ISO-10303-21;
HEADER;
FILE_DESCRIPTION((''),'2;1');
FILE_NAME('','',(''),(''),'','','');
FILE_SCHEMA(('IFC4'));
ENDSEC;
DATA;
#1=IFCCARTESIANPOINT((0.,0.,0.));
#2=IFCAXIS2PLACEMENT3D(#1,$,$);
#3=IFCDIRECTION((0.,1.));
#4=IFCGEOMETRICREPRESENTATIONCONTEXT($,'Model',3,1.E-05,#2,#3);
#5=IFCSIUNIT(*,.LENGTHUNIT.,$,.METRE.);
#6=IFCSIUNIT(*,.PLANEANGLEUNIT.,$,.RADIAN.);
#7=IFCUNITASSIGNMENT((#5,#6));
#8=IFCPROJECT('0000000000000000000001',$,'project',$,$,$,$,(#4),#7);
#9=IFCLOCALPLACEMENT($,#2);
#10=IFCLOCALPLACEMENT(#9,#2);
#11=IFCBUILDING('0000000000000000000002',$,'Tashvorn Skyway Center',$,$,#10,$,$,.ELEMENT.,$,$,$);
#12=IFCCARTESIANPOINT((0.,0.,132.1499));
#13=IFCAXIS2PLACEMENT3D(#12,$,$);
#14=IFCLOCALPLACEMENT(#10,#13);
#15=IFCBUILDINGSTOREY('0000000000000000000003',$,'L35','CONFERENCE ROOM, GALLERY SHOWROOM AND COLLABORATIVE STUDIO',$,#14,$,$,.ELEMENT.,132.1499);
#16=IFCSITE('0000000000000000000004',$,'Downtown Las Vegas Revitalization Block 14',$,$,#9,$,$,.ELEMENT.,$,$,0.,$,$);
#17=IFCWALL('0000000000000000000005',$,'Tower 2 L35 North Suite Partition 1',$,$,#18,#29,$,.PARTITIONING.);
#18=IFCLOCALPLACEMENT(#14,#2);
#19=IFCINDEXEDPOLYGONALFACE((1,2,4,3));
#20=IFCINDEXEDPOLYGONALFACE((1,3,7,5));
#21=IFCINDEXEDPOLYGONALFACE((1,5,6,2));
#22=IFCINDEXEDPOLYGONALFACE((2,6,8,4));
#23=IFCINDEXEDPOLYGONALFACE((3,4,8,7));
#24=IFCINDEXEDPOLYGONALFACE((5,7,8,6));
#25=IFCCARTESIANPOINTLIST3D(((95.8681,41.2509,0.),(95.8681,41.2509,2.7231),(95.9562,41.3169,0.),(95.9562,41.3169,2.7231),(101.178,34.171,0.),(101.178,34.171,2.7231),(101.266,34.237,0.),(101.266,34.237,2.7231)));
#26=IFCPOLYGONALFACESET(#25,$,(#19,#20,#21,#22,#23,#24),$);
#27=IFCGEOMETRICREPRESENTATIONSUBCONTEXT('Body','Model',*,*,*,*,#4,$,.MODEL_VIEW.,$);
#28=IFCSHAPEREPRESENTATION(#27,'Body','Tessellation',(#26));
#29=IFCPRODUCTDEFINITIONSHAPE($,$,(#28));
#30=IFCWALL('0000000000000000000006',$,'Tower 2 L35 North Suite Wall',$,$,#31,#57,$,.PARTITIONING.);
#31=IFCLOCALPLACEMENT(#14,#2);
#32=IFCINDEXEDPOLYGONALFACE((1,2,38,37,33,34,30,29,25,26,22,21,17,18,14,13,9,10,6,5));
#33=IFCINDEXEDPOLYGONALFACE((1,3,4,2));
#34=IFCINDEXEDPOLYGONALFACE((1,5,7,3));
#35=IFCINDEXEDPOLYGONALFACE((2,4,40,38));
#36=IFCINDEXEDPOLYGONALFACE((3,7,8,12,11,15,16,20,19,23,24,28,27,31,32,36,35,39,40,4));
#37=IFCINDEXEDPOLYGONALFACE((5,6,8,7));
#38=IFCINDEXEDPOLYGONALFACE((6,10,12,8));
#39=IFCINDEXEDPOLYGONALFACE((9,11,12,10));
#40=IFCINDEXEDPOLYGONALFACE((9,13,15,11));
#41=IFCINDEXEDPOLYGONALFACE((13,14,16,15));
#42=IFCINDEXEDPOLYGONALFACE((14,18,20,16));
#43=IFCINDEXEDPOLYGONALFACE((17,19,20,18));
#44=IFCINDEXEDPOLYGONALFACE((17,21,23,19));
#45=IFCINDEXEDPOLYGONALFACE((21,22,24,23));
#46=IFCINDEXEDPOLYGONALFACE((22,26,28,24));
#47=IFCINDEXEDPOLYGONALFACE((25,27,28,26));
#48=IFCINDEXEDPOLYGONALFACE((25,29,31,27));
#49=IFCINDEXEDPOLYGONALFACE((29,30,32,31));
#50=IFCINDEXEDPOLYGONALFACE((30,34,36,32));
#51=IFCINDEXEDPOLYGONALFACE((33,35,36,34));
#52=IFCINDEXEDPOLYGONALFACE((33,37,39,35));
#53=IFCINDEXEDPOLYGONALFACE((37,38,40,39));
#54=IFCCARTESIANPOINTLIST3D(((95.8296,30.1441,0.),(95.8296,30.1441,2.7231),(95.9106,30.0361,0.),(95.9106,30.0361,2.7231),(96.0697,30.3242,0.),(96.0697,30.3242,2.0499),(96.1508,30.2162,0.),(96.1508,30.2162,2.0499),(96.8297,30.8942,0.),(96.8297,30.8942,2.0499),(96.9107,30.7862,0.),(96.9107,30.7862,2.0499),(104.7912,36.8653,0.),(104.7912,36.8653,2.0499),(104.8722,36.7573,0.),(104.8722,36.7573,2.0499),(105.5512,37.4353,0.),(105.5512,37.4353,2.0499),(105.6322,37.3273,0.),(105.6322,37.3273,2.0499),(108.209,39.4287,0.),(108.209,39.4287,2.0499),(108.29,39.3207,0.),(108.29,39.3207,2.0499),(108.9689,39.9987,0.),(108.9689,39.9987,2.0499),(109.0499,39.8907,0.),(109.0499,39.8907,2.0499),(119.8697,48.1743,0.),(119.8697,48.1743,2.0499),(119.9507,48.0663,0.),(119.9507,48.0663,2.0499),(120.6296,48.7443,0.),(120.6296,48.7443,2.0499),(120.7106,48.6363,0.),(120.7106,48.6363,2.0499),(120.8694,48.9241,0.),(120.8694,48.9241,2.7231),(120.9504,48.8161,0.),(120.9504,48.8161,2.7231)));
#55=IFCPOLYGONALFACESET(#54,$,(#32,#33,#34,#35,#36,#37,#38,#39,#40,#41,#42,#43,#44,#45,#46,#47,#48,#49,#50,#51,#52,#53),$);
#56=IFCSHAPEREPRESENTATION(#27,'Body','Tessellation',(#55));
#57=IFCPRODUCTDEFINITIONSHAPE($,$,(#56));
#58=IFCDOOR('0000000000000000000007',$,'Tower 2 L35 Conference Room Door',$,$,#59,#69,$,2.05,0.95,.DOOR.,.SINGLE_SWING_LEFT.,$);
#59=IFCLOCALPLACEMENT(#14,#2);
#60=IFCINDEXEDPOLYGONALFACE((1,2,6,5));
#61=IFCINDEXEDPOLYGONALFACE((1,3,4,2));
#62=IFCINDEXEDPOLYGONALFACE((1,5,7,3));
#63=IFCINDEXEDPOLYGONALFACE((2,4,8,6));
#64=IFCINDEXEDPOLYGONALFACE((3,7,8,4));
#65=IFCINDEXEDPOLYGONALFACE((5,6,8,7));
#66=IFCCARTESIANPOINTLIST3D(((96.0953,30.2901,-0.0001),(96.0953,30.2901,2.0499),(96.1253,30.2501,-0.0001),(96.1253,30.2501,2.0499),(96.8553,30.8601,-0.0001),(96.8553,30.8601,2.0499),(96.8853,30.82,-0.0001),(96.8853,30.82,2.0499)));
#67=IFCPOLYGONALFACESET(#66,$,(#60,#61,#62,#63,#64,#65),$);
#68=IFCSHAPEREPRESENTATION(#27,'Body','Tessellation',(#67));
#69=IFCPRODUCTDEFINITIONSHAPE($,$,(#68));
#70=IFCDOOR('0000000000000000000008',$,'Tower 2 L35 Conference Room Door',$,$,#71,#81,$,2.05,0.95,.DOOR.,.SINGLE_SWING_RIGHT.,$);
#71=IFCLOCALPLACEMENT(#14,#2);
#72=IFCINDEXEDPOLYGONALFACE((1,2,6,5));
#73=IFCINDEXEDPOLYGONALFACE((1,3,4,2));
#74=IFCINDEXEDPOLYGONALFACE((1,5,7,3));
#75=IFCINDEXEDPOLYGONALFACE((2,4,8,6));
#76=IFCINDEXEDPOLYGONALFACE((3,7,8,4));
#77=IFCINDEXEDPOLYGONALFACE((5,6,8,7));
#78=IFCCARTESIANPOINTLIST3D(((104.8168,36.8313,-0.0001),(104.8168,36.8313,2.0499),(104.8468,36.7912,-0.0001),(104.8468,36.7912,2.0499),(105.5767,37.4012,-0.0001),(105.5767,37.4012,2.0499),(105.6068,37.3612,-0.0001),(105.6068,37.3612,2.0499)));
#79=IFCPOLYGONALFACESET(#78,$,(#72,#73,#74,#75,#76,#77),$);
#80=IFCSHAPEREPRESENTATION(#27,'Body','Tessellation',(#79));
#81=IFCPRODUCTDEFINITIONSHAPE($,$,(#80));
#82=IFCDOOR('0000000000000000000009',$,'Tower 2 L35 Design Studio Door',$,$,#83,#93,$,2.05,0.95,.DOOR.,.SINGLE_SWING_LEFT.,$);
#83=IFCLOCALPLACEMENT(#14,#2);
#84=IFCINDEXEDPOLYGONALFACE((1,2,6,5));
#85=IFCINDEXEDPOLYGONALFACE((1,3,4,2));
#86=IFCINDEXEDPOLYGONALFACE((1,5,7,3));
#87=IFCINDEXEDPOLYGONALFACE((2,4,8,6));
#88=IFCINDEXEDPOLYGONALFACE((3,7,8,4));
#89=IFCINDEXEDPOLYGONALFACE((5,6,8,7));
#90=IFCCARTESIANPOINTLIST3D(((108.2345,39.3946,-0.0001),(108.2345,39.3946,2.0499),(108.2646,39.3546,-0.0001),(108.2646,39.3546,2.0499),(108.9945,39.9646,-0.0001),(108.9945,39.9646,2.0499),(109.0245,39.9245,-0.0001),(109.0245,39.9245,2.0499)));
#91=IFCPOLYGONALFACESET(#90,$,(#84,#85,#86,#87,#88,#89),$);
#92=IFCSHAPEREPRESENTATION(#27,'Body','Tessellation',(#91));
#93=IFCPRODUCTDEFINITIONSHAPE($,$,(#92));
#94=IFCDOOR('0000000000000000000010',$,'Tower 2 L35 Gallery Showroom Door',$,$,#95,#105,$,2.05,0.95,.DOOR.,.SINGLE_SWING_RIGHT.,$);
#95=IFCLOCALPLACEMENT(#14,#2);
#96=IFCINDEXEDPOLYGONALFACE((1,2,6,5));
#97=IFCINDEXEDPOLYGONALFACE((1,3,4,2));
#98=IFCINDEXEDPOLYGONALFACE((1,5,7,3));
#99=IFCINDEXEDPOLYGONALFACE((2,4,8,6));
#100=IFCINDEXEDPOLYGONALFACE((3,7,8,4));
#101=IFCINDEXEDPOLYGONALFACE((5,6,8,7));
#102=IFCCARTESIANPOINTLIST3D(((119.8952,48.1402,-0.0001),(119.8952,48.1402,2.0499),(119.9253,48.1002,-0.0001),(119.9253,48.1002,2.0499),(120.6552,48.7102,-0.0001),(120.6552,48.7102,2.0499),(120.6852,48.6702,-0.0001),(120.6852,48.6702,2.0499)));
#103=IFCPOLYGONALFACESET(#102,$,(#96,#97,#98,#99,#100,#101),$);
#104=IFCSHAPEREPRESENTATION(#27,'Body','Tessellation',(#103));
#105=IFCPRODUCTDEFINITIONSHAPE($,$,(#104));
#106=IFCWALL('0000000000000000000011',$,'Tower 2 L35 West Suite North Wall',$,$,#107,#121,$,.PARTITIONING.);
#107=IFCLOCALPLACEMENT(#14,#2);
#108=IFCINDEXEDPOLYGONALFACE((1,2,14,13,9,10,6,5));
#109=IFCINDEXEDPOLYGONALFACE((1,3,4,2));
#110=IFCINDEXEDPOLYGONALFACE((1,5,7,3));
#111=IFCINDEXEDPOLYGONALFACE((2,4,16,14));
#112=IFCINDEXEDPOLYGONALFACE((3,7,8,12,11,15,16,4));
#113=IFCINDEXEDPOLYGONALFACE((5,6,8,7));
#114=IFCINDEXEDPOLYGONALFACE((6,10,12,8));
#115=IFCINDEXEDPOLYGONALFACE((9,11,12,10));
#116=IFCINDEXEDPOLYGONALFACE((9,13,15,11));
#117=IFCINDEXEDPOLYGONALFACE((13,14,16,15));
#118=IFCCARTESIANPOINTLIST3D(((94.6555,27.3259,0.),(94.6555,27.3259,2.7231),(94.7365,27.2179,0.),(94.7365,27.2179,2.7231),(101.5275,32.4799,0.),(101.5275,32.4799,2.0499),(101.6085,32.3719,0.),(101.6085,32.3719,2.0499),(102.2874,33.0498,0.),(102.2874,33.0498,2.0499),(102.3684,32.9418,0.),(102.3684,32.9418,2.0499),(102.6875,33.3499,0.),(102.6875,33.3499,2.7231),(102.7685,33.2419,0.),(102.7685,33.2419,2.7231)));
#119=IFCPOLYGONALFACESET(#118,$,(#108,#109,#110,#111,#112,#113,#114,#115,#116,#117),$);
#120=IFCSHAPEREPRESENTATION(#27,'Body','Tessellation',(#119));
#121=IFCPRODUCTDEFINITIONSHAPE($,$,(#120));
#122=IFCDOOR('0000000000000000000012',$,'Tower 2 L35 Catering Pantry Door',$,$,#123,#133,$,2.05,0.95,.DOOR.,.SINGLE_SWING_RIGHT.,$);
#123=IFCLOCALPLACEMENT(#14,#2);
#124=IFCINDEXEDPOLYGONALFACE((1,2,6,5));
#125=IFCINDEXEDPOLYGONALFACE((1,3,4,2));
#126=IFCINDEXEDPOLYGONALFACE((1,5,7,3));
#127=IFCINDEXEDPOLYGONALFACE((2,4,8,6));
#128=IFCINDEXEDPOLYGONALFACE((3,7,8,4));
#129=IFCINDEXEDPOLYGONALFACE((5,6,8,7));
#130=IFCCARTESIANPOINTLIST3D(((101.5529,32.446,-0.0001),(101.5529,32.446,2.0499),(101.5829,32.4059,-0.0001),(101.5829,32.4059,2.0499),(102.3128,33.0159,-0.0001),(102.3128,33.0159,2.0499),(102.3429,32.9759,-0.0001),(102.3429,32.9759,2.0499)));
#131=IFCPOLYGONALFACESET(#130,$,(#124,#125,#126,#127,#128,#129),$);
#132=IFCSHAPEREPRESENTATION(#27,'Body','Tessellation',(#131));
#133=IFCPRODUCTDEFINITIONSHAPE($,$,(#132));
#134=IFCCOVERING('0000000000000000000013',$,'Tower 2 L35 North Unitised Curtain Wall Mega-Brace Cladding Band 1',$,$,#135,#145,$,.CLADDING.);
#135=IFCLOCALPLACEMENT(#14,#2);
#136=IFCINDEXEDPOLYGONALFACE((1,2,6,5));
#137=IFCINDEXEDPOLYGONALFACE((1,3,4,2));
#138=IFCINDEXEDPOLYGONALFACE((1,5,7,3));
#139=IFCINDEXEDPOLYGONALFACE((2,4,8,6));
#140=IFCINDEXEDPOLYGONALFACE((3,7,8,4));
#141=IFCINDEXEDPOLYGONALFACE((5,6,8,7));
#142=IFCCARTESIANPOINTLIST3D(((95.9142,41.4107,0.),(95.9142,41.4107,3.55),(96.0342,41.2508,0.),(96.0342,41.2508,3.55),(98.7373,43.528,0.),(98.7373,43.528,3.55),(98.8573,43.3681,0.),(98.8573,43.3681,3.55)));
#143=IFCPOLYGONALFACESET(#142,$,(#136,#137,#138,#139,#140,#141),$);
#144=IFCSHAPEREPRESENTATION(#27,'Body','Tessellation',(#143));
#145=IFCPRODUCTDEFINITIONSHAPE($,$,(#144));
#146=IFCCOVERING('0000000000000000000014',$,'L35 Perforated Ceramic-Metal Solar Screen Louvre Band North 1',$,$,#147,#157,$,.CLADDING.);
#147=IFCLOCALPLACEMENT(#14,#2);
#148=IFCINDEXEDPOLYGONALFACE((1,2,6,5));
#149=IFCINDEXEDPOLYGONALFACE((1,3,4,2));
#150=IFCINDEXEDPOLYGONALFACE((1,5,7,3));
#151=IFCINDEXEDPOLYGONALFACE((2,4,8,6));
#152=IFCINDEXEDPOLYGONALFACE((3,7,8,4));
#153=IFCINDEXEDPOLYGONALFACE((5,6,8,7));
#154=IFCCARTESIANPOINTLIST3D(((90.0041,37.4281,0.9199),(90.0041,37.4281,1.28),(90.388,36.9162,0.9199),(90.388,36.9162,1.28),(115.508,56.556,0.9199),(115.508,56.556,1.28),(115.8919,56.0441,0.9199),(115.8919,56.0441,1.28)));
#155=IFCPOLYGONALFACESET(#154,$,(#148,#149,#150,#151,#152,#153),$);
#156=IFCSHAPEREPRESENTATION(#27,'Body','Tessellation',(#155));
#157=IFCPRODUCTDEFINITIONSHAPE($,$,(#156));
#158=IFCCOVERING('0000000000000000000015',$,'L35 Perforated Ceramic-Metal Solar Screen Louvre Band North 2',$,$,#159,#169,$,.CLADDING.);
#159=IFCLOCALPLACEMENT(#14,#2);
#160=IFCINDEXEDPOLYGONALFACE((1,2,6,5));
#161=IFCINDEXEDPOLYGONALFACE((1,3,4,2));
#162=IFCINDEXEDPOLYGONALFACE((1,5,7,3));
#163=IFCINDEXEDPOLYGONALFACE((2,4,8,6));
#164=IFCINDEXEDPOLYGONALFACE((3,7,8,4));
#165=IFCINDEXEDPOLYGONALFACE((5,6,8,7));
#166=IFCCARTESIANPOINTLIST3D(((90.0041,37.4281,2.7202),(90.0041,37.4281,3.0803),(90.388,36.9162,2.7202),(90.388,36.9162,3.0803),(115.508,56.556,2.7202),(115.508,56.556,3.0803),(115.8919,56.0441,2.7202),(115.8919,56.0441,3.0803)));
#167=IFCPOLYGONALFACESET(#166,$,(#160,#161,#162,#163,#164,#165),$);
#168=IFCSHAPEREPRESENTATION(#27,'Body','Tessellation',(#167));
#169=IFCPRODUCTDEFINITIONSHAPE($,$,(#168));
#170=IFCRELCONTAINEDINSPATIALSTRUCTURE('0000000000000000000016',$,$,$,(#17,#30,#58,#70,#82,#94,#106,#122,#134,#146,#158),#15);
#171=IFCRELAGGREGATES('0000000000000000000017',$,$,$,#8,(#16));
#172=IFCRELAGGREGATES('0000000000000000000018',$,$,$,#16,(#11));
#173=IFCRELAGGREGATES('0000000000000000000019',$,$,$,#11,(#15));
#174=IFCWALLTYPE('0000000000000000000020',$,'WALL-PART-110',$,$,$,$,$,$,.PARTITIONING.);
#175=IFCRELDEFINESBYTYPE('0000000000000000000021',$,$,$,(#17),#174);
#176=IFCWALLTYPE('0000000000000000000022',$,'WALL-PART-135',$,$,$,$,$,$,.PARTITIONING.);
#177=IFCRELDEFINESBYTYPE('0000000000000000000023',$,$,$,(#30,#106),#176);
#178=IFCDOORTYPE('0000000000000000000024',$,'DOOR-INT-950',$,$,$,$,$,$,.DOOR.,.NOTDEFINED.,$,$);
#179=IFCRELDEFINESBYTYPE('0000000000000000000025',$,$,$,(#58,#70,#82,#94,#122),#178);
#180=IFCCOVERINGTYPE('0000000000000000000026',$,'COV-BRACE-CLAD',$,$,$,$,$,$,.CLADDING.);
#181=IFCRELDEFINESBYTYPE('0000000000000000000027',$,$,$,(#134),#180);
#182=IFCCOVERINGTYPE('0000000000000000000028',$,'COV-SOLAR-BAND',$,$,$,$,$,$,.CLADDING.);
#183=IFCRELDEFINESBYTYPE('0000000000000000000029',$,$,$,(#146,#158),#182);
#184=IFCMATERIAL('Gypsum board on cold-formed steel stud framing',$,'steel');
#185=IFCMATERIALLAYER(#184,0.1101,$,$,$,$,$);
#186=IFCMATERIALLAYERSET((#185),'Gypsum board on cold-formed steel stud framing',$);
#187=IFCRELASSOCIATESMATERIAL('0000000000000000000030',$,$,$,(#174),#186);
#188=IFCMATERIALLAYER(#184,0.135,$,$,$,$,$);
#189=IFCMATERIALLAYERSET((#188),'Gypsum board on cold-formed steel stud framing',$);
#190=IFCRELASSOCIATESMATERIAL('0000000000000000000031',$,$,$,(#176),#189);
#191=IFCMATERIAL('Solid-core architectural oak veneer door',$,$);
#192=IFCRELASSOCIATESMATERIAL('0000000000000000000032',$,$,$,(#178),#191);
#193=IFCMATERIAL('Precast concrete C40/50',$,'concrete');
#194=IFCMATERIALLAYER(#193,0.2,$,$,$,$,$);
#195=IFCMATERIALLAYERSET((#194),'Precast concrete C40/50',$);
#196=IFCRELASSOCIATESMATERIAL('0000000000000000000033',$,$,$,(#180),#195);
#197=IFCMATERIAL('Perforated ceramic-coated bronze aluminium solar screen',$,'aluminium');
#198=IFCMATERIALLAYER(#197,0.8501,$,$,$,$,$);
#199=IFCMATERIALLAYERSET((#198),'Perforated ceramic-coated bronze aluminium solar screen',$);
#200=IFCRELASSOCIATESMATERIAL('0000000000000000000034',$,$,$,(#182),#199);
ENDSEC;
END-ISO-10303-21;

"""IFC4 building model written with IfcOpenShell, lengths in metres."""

from ifc_helpers import new_model, si_unit, direction, frame, frame_2d, origin, origin_2d, place, context, subcontext, project, spatial, rectangle, extrude, material, layer, layer_set, type_object, element, fill, save


model = new_model("IFC4")

# Units and contexts
model_context = context("Model", 3, precision=1e-05, world=origin(), true_north=direction((0.0, 1.0)))
body_context = subcontext(model_context, "Body", "Model", "MODEL_VIEW")
ifc_project = project(units=[si_unit("LENGTHUNIT", "METRE"), si_unit("PLANEANGLEUNIT", "RADIAN")], contexts=[model_context])

# Site, building, storey
site_placement = place(None, origin())
site = spatial("IfcSite", under=ifc_project, at=site_placement, Name="Downtown Las Vegas Revitalization Block 14", CompositionType="ELEMENT", RefElevation=0.0)
building_placement = place(site_placement, origin())
building = spatial("IfcBuilding", under=site, at=building_placement, Name="Tashvorn Skyway Center", CompositionType="ELEMENT")
storey_placement = place(building_placement, frame((0.0, 0.0, 132.1499)))
storey = spatial("IfcBuildingStorey", under=building, at=storey_placement, Name="L35", Description="CONFERENCE ROOM, GALLERY SHOWROOM AND COLLABORATIVE STUDIO", CompositionType="ELEMENT", Elevation=132.1499)

# Wall
ifc_material_1 = material(Name="Gypsum board on cold-formed steel stud framing", Category="steel")
ifc_layer_1 = layer(ifc_material_1, 0.1101)
ifc_layer_set_1 = layer_set([ifc_layer_1], Name="Gypsum board on cold-formed steel stud framing")
wall_type_1 = type_object("IfcWallType", Name="WALL-PART-110", PredefinedType="PARTITIONING", material=ifc_layer_set_1)
wall_1_placement = place(storey_placement, frame((101.2219, 34.2041, 0.0), z_axis=(0.0, 0.0, 1.0), x_axis=(-0.599996, 0.800003, 0.0)))
element("IfcWall", 1, at=wall_1_placement, inside=storey, type_object=wall_type_1, Name="Tower 2 L35 North Suite Partition 1", PredefinedType="PARTITIONING", context=body_context, shape_type="SweptSolid", body=[
    extrude(rectangle(XDim=8.8499, YDim=0.1101, at=frame_2d((4.4248, 0.0))), origin(), (0.0, 0.0, 1.0), 2.7231),
])

# Wall, openings, doors
ifc_layer_2 = layer(ifc_material_1, 0.135)
ifc_layer_set_2 = layer_set([ifc_layer_2], Name="Gypsum board on cold-formed steel stud framing")
wall_type_2 = type_object("IfcWallType", Name="WALL-PART-135", PredefinedType="PARTITIONING", material=ifc_layer_set_2)
wall_2_placement = place(storey_placement, frame((95.8701, 30.0901, 0.0), z_axis=(0.0, 0.0, 1.0), x_axis=(0.799997, 0.600004, 0.0)))
wall_2 = element("IfcWall", 2, at=wall_2_placement, inside=storey, type_object=wall_type_2, Name="Tower 2 L35 North Suite Wall", PredefinedType="PARTITIONING", context=body_context, shape_type="SweptSolid", body=[
    extrude(rectangle(XDim=31.2998, YDim=0.135, at=frame_2d((15.6499, 0.0))), origin(), (0.0, 0.0, 1.0), 2.7231),
])
opening_1_placement = place(wall_2_placement, frame((0.3, 0.0, 0.0)))
opening_1 = element("IfcOpeningElement", 3, at=opening_1_placement, cuts=wall_2, PredefinedType="OPENING", context=body_context, shape_type="SweptSolid", body=[
    extrude(rectangle(XDim=0.95, YDim=2.05, at=frame_2d((0.4751, 1.0249))), frame((0.0, 0.0774, 0.0), z_axis=(0.0, -1.0, 0.0), x_axis=(1.0, 0.0, 0.0)), (0.0, 0.0, 1.0), 0.155),
])
opening_2_placement = place(wall_2_placement, frame((11.2019, 0.0, 0.0)))
opening_2 = element("IfcOpeningElement", 4, at=opening_2_placement, cuts=wall_2, PredefinedType="OPENING", context=body_context, shape_type="SweptSolid", body=[
    extrude(rectangle(XDim=0.95, YDim=2.05, at=frame_2d((0.4751, 1.0249))), frame((0.0, 0.0774, 0.0), z_axis=(0.0, -1.0, 0.0), x_axis=(1.0, 0.0, 0.0)), (0.0, 0.0, 1.0), 0.155),
])
opening_3_placement = place(wall_2_placement, frame((15.4741, 0.0, 0.0)))
opening_3 = element("IfcOpeningElement", 5, at=opening_3_placement, cuts=wall_2, PredefinedType="OPENING", context=body_context, shape_type="SweptSolid", body=[
    extrude(rectangle(XDim=0.95, YDim=2.05, at=frame_2d((0.4751, 1.0249))), frame((0.0, 0.0774, 0.0), z_axis=(0.0, -1.0, 0.0), x_axis=(1.0, 0.0, 0.0)), (0.0, 0.0, 1.0), 0.155),
])
opening_4_placement = place(wall_2_placement, frame((30.05, 0.0, 0.0)))
opening_4 = element("IfcOpeningElement", 6, at=opening_4_placement, cuts=wall_2, PredefinedType="OPENING", context=body_context, shape_type="SweptSolid", body=[
    extrude(rectangle(XDim=0.95, YDim=2.05, at=frame_2d((0.4751, 1.0249))), frame((0.0, 0.0774, 0.0), z_axis=(0.0, -1.0, 0.0), x_axis=(1.0, 0.0, 0.0)), (0.0, 0.0, 1.0), 0.155),
])
ifc_material_2 = material(Name="Solid-core architectural oak veneer door")
door_type = type_object("IfcDoorType", Name="DOOR-INT-950", OperationType="NOTDEFINED", PredefinedType="DOOR", material=ifc_material_2)
door_1_placement = place(opening_1_placement, origin())
door_1 = element("IfcDoor", 7, at=door_1_placement, inside=storey, type_object=door_type, Name="Tower 2 L35 Conference Room Door", OperationType="SINGLE_SWING_LEFT", OverallHeight=2.05, OverallWidth=0.95, PredefinedType="DOOR", context=body_context, shape_type="SweptSolid", body=[
    extrude(rectangle(XDim=0.95, YDim=2.05, at=frame_2d((0.4751, 1.0249))), frame((0.0, 0.0249, 0.0), z_axis=(0.0, -1.0, 0.0), x_axis=(1.0, 0.0, 0.0)), (0.0, 0.0, 1.0), 0.05),
])
fill(opening_1, door_1)
door_2_placement = place(opening_2_placement, origin())
door_2 = element("IfcDoor", 8, at=door_2_placement, inside=storey, type_object=door_type, Name="Tower 2 L35 Conference Room Door", OperationType="SINGLE_SWING_RIGHT", OverallHeight=2.05, OverallWidth=0.95, PredefinedType="DOOR", context=body_context, shape_type="SweptSolid", body=[
    extrude(rectangle(XDim=0.95, YDim=2.05, at=frame_2d((0.4751, 1.0249))), frame((0.0, 0.0249, 0.0), z_axis=(0.0, -1.0, 0.0), x_axis=(1.0, 0.0, 0.0)), (0.0, 0.0, 1.0), 0.05),
])
fill(opening_2, door_2)
door_3_placement = place(opening_3_placement, origin())
door_3 = element("IfcDoor", 9, at=door_3_placement, inside=storey, type_object=door_type, Name="Tower 2 L35 Design Studio Door", OperationType="SINGLE_SWING_LEFT", OverallHeight=2.05, OverallWidth=0.95, PredefinedType="DOOR", context=body_context, shape_type="SweptSolid", body=[
    extrude(rectangle(XDim=0.95, YDim=2.05, at=frame_2d((0.4751, 1.0249))), frame((0.0, 0.0249, 0.0), z_axis=(0.0, -1.0, 0.0), x_axis=(1.0, 0.0, 0.0)), (0.0, 0.0, 1.0), 0.05),
])
fill(opening_3, door_3)
door_4_placement = place(opening_4_placement, origin())
door_4 = element("IfcDoor", 10, at=door_4_placement, inside=storey, type_object=door_type, Name="Tower 2 L35 Gallery Showroom Door", OperationType="SINGLE_SWING_RIGHT", OverallHeight=2.05, OverallWidth=0.95, PredefinedType="DOOR", context=body_context, shape_type="SweptSolid", body=[
    extrude(rectangle(XDim=0.95, YDim=2.05, at=frame_2d((0.4751, 1.0249))), frame((0.0, 0.0249, 0.0), z_axis=(0.0, -1.0, 0.0), x_axis=(1.0, 0.0, 0.0)), (0.0, 0.0, 1.0), 0.05),
])
fill(opening_4, door_4)

# Wall, opening, door
wall_3_placement = place(storey_placement, frame((102.728, 33.2959, 0.0), z_axis=(0.0, 0.0, 1.0), x_axis=(-0.800003, -0.599996, 0.0)))
wall_3 = element("IfcWall", 11, at=wall_3_placement, inside=storey, type_object=wall_type_2, Name="Tower 2 L35 West Suite North Wall", PredefinedType="PARTITIONING", context=body_context, shape_type="SweptSolid", body=[
    extrude(rectangle(XDim=10.04, YDim=0.135, at=frame_2d((5.02, 0.0))), origin(), (0.0, 0.0, 1.0), 2.7231),
])
opening_5_placement = place(wall_3_placement, frame((0.5, 0.0, 0.0)))
opening_5 = element("IfcOpeningElement", 12, at=opening_5_placement, cuts=wall_3, PredefinedType="OPENING", context=body_context, shape_type="SweptSolid", body=[
    extrude(rectangle(XDim=0.95, YDim=2.05, at=frame_2d((0.4751, 1.0249))), frame((0.0, 0.0774, 0.0), z_axis=(0.0, -1.0, 0.0), x_axis=(1.0, 0.0, 0.0)), (0.0, 0.0, 1.0), 0.155),
])
door_5_placement = place(opening_5_placement, origin())
door_5 = element("IfcDoor", 13, at=door_5_placement, inside=storey, type_object=door_type, Name="Tower 2 L35 Catering Pantry Door", OperationType="SINGLE_SWING_RIGHT", OverallHeight=2.05, OverallWidth=0.95, PredefinedType="DOOR", context=body_context, shape_type="SweptSolid", body=[
    extrude(rectangle(XDim=0.95, YDim=2.05, at=frame_2d((0.4751, 1.0249))), frame((0.0, 0.0249, 0.0), z_axis=(0.0, -1.0, 0.0), x_axis=(1.0, 0.0, 0.0)), (0.0, 0.0, 1.0), 0.05),
])
fill(opening_5, door_5)

# Coverings
ifc_material_3 = material(Name="Precast concrete C40/50", Category="concrete")
ifc_layer_3 = layer(ifc_material_3, 0.2)
ifc_layer_set_3 = layer_set([ifc_layer_3], Name="Precast concrete C40/50")
covering_type_1 = type_object("IfcCoveringType", Name="COV-BRACE-CLAD", PredefinedType="CLADDING", material=ifc_layer_set_3)
covering_placement = place(storey_placement, frame((97.3857, 42.3894, 0.0), z_axis=(0.0, 0.0, 1.0), x_axis=(0.8, 0.6, 0.0)))
element("IfcCovering", 14, at=covering_placement, inside=storey, type_object=covering_type_1, Name="Tower 2 L35 North Unitised Curtain Wall Mega-Brace Cladding Band 1", PredefinedType="CLADDING", context=body_context, shape_type="SweptSolid", body=[
    extrude(rectangle(XDim=3.5288, YDim=0.2, at=origin_2d()), origin(), (0.0, 0.0, 1.0), 3.55),
])
ifc_material_4 = material(Name="Perforated ceramic-coated bronze aluminium solar screen", Category="aluminium")
ifc_layer_4 = layer(ifc_material_4, 0.8501)
ifc_layer_set_4 = layer_set([ifc_layer_4], Name="Perforated ceramic-coated bronze aluminium solar screen")
covering_type_2 = type_object("IfcCoveringType", Name="COV-SOLAR-BAND", PredefinedType="CLADDING", material=ifc_layer_set_4)
for number, where, z_axis, x_axis, name in (
    (15, (102.948, 46.7361, 0.9199), (0.0, 0.0, 1.0), (0.8, 0.6, 0.0), "L35 Perforated Ceramic-Metal Solar Screen Louvre Band North 1"),
    (16, (102.948, 46.7361, 2.7202), (0.0, 0.0, 1.0), (0.8, 0.6, 0.0), "L35 Perforated Ceramic-Metal Solar Screen Louvre Band North 2"),
):
    element("IfcCovering", number, at=place(storey_placement, frame(where, z_axis=z_axis, x_axis=x_axis)), inside=storey, type_object=covering_type_2, Name=name, PredefinedType="CLADDING", context=body_context, shape_type="SweptSolid", body=[
        extrude(rectangle(XDim=31.8799, YDim=0.6399, at=origin_2d()), origin(), (0.0, 0.0, 1.0), 0.3601),
    ])

save(model, "model.ifc")
